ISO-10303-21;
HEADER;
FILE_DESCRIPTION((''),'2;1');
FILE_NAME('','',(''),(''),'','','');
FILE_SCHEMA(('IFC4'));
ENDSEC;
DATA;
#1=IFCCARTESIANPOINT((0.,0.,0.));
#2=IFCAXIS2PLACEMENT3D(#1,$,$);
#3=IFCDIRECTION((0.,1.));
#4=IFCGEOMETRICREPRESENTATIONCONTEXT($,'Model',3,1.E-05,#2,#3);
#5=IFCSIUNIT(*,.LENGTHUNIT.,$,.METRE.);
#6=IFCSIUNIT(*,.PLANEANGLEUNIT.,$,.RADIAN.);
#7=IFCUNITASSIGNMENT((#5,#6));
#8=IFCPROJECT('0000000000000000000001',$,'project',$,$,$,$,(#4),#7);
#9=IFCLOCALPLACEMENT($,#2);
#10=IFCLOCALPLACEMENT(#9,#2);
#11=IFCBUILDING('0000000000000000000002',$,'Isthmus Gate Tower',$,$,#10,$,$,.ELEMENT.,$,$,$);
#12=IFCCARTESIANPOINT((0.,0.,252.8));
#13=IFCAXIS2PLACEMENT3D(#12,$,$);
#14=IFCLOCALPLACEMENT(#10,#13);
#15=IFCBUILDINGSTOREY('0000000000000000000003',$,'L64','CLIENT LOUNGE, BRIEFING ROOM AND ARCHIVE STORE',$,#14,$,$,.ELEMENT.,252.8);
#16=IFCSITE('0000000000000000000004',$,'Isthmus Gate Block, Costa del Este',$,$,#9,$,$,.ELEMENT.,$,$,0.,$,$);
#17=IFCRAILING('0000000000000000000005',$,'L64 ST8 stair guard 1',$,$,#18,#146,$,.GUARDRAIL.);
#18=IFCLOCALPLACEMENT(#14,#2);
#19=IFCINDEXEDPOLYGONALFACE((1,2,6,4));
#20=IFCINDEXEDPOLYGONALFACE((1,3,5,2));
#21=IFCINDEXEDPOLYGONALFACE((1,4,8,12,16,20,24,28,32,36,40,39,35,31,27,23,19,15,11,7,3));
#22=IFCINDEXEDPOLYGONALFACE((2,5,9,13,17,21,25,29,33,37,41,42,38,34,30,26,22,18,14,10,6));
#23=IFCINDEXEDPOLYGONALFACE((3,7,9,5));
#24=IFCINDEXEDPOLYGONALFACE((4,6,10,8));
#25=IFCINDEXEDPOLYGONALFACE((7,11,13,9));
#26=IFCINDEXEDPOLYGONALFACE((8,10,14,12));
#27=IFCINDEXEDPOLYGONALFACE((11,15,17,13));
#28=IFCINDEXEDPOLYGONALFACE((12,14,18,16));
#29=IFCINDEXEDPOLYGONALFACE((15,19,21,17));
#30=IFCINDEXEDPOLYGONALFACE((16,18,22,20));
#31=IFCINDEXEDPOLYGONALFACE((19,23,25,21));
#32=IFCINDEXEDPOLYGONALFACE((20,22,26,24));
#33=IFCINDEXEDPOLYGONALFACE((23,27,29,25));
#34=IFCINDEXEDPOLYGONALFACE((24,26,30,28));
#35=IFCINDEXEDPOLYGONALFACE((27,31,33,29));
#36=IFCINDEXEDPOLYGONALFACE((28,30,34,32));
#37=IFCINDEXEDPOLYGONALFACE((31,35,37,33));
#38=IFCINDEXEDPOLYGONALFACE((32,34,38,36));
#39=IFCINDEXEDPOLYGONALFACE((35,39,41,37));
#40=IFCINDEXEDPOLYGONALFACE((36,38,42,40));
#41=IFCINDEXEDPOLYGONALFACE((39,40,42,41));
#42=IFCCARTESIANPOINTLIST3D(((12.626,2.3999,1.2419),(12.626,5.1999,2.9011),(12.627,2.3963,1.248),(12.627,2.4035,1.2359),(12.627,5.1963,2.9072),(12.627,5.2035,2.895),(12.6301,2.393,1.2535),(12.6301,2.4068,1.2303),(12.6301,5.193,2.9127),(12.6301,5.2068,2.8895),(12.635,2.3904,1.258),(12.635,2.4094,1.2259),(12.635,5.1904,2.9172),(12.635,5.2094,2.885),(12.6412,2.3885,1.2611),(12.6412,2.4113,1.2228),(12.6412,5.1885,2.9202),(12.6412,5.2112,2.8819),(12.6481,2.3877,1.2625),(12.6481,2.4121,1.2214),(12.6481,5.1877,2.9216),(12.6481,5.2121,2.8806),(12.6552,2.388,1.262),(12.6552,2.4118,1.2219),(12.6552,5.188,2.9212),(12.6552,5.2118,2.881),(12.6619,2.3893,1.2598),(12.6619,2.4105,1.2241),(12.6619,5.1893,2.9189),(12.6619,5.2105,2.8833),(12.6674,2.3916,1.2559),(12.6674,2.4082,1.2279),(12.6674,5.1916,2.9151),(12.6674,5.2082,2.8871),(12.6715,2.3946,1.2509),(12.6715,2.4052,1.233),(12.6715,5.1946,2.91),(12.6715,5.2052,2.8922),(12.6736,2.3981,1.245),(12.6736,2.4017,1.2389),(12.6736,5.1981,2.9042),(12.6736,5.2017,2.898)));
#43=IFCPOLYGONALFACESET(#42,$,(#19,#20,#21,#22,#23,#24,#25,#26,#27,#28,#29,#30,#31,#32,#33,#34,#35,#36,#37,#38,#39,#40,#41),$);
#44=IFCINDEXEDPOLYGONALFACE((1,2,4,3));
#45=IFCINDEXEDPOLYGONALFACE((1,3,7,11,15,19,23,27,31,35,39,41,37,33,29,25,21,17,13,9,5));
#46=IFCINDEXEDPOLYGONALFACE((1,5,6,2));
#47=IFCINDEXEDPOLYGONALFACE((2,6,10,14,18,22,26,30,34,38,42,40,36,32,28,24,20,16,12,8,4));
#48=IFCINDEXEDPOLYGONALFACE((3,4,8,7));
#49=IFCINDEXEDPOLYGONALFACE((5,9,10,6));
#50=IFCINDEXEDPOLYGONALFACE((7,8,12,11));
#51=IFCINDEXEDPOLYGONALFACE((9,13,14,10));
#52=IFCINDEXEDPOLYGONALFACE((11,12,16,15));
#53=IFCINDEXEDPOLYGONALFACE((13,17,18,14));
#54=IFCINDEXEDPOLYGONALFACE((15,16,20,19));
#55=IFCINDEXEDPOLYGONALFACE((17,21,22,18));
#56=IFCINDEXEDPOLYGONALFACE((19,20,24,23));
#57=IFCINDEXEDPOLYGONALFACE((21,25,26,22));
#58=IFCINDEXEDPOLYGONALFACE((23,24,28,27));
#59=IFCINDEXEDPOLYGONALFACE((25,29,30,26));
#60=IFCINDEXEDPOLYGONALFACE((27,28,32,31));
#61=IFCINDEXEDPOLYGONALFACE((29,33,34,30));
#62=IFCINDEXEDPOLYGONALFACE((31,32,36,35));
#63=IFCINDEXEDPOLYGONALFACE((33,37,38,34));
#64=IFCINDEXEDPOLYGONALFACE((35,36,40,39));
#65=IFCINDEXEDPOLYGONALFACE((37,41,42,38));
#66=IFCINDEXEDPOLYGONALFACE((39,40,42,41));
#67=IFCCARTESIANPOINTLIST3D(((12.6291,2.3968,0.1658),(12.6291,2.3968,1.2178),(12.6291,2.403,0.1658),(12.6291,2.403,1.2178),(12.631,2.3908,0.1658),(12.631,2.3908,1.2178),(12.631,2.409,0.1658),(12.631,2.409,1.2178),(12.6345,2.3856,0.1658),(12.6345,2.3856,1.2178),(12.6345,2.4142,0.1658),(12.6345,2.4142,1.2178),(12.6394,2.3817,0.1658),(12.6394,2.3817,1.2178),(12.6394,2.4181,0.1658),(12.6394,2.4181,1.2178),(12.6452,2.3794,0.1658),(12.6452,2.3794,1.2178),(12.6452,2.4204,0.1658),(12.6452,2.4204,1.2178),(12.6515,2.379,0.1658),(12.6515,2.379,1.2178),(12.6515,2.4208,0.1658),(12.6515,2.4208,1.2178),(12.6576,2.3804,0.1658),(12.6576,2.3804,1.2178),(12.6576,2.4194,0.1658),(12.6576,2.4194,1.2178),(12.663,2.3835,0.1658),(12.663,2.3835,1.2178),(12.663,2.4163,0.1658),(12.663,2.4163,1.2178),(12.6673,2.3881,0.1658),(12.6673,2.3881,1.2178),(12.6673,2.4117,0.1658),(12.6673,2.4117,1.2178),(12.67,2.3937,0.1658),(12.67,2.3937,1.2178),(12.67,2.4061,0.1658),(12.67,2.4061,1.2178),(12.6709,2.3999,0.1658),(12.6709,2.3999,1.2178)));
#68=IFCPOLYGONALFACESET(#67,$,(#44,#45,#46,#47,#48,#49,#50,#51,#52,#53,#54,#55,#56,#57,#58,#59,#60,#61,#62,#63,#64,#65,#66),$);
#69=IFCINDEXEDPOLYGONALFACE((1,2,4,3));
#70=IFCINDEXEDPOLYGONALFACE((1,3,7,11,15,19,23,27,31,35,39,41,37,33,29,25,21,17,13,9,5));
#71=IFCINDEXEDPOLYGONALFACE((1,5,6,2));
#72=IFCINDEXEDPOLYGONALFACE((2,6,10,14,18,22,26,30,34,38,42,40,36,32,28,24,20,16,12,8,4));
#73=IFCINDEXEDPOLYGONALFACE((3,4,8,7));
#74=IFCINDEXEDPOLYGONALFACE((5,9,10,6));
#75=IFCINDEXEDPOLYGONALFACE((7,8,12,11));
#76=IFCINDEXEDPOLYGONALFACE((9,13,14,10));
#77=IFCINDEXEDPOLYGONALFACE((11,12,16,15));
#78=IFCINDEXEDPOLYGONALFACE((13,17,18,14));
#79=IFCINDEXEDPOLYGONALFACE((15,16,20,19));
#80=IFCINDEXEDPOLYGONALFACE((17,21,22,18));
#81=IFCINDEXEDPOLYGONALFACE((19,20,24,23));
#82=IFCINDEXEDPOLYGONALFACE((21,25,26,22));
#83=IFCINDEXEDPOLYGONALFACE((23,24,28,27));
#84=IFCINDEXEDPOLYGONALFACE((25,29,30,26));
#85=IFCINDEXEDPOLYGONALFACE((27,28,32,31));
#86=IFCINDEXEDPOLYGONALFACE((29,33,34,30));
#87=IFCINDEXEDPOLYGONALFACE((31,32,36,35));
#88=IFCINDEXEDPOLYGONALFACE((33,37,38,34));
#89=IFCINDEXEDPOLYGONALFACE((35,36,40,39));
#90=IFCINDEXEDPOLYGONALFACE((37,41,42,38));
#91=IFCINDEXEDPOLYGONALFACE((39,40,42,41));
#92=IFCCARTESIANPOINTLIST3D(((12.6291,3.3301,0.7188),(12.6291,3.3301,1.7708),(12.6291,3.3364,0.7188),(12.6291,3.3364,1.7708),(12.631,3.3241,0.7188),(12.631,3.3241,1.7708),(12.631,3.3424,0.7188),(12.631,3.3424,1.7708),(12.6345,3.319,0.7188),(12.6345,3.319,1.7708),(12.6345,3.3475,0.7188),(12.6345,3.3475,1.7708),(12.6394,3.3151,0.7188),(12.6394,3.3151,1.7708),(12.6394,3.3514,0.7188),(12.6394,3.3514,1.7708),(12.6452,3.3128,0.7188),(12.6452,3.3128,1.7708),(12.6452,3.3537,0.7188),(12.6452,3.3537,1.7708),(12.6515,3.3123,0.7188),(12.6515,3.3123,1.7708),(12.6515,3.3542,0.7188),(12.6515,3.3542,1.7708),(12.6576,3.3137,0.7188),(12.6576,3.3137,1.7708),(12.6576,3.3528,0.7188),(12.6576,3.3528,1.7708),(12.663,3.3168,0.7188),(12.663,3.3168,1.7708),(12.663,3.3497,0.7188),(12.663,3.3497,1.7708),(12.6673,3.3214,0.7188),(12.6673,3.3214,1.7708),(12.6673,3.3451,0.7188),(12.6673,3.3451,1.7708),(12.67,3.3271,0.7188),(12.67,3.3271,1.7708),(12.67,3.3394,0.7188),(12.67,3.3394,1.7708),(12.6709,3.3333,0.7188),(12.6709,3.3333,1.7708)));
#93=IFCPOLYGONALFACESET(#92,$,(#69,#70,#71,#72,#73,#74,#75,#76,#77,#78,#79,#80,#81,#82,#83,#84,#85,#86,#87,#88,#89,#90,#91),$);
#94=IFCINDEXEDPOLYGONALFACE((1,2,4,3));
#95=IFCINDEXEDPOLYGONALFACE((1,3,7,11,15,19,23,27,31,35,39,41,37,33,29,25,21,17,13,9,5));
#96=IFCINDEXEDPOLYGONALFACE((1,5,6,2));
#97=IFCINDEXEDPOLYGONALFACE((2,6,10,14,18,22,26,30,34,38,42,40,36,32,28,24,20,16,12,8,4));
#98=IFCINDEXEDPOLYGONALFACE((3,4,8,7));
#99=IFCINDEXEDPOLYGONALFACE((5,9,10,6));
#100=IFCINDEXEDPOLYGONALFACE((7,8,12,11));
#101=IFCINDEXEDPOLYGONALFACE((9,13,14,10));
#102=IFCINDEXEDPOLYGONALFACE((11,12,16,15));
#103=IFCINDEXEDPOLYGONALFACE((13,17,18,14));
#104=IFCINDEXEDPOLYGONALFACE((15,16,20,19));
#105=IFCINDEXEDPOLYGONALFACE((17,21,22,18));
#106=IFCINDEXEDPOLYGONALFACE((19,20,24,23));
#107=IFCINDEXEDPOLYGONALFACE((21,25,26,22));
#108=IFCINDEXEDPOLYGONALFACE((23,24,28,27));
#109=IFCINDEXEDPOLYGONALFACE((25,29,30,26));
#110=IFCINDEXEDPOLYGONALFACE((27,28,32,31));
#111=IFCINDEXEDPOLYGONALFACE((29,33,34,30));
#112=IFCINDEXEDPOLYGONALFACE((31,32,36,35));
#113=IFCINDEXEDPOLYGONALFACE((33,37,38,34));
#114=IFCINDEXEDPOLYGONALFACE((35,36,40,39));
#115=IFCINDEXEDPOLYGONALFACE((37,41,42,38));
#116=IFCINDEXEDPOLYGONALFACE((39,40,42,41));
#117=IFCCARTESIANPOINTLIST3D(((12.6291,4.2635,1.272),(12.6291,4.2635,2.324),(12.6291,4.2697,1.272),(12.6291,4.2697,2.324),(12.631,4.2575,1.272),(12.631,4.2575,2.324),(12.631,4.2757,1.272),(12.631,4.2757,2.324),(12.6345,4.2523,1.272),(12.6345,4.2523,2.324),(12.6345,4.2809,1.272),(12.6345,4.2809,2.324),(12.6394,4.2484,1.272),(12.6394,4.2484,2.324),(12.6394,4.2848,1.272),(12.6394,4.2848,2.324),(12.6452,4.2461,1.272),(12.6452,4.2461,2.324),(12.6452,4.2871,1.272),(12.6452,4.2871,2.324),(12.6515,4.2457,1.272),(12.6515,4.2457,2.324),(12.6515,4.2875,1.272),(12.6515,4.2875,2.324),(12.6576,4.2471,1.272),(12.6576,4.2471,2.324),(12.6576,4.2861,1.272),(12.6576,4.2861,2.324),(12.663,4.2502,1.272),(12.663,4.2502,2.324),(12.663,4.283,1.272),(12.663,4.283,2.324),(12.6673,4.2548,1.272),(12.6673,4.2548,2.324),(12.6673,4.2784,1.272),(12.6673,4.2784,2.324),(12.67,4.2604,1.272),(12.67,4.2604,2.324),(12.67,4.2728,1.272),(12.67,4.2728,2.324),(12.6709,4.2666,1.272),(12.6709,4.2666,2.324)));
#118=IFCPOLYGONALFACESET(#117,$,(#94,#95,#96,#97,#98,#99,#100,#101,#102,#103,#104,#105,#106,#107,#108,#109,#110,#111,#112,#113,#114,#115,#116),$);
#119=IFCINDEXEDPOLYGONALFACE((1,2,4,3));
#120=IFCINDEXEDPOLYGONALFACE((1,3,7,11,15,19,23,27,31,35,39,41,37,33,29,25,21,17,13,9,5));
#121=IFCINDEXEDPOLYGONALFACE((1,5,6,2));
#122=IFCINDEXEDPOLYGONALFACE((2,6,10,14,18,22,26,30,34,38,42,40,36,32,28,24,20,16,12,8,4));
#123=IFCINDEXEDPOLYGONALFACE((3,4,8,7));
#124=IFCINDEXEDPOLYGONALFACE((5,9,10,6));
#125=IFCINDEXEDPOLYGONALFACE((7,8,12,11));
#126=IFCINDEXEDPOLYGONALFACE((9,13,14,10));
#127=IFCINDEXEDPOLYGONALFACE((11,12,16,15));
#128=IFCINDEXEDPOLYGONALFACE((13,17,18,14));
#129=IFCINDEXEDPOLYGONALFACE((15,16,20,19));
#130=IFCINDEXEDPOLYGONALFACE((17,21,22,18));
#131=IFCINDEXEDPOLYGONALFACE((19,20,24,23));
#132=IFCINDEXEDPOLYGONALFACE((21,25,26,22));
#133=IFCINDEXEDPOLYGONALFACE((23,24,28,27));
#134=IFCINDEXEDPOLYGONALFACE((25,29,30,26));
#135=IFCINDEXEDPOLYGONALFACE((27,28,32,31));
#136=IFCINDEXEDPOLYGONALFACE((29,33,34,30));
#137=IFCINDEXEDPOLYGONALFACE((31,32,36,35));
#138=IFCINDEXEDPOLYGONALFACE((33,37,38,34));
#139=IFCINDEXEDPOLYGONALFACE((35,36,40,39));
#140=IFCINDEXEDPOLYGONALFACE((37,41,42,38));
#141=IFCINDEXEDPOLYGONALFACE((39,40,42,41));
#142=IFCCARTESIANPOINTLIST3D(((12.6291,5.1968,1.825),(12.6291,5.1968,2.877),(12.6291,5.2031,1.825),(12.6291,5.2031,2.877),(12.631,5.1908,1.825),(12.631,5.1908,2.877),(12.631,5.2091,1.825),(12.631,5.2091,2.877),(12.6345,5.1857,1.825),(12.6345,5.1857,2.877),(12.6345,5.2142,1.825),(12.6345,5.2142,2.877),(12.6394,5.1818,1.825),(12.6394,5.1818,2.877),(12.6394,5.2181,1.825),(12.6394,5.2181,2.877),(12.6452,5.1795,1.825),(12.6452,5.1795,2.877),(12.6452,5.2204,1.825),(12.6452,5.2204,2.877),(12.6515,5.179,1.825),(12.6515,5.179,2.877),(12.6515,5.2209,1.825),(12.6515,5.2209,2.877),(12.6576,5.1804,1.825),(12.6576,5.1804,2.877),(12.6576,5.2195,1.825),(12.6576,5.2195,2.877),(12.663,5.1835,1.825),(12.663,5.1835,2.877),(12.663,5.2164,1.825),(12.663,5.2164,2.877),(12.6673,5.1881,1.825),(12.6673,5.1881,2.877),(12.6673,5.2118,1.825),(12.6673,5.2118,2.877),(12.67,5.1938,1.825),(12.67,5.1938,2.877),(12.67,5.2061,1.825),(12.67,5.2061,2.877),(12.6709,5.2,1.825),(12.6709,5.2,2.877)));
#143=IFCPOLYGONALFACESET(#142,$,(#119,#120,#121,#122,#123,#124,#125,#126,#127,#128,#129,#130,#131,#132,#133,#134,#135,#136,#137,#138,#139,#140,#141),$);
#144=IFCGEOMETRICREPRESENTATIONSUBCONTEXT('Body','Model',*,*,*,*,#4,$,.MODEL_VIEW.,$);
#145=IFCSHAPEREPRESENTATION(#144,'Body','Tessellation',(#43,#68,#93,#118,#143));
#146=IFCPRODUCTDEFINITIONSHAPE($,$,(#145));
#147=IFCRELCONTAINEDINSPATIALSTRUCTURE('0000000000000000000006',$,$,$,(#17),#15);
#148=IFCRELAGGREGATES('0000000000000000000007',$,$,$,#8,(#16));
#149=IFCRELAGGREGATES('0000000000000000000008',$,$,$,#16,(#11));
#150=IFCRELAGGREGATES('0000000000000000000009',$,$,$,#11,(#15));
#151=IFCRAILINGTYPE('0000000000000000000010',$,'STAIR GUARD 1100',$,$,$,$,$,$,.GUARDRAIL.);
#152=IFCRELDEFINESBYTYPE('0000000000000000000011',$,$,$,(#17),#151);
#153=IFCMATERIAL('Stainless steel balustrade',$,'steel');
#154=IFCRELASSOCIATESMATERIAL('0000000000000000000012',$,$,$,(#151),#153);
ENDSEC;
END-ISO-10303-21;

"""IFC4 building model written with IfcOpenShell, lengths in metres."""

from ifc_helpers import new_model, si_unit, direction, frame, origin, origin_2d, place, context, subcontext, project, spatial, circle, extrude, material, type_object, element, save


model = new_model("IFC4")

# Units and contexts
model_context = context("Model", 3, precision=1e-05, world=origin(), true_north=direction((0.0, 1.0)))
body_context = subcontext(model_context, "Body", "Model", "MODEL_VIEW")
ifc_project = project(units=[si_unit("LENGTHUNIT", "METRE"), si_unit("PLANEANGLEUNIT", "RADIAN")], contexts=[model_context])

# Site, building, storey
site_placement = place(None, origin())
site = spatial("IfcSite", under=ifc_project, at=site_placement, Name="Isthmus Gate Block, Costa del Este", CompositionType="ELEMENT", RefElevation=0.0)
building_placement = place(site_placement, origin())
building = spatial("IfcBuilding", under=site, at=building_placement, Name="Isthmus Gate Tower", CompositionType="ELEMENT")
storey_placement = place(building_placement, frame((0.0, 0.0, 252.8)))
storey = spatial("IfcBuildingStorey", under=building, at=storey_placement, Name="L64", Description="CLIENT LOUNGE, BRIEFING ROOM AND ARCHIVE STORE", CompositionType="ELEMENT", Elevation=252.8)

# Railing
ifc_material_1 = material(Name="Stainless steel balustrade", Category="steel")
railing_type_1 = type_object("IfcRailingType", Name="STAIR GUARD 1100", PredefinedType="GUARDRAIL", material=ifc_material_1)
railing_1_placement = place(storey_placement, frame((12.6499, 2.3999, 0.1658)))
element("IfcRailing", 1, at=railing_1_placement, inside=storey, type_object=railing_type_1, Name="L64 ST8 stair guard 1", PredefinedType="GUARDRAIL", context=body_context, shape_type="SweptSolid", body=[
    extrude(circle(Radius=0.0239, at=origin_2d()), frame((0.0, 0.0, 1.0762), z_axis=(0.0, 0.860306, 0.509778), x_axis=(-1.0, 0.0, 0.0)), (0.0, 0.0, 1.0), 3.2546),
    extrude(circle(Radius=0.021, at=origin_2d()), origin(), (0.0, 0.0, 1.0), 1.052),
    extrude(circle(Radius=0.021, at=origin_2d()), frame((0.0, 0.9333, 0.553)), (0.0, 0.0, 1.0), 1.052),
    extrude(circle(Radius=0.021, at=origin_2d()), frame((0.0, 1.8667, 1.1062)), (0.0, 0.0, 1.0), 1.052),
    extrude(circle(Radius=0.021, at=origin_2d()), frame((0.0, 2.8, 1.6592)), (0.0, 0.0, 1.0), 1.052),
])

save(model, "model.ifc")
